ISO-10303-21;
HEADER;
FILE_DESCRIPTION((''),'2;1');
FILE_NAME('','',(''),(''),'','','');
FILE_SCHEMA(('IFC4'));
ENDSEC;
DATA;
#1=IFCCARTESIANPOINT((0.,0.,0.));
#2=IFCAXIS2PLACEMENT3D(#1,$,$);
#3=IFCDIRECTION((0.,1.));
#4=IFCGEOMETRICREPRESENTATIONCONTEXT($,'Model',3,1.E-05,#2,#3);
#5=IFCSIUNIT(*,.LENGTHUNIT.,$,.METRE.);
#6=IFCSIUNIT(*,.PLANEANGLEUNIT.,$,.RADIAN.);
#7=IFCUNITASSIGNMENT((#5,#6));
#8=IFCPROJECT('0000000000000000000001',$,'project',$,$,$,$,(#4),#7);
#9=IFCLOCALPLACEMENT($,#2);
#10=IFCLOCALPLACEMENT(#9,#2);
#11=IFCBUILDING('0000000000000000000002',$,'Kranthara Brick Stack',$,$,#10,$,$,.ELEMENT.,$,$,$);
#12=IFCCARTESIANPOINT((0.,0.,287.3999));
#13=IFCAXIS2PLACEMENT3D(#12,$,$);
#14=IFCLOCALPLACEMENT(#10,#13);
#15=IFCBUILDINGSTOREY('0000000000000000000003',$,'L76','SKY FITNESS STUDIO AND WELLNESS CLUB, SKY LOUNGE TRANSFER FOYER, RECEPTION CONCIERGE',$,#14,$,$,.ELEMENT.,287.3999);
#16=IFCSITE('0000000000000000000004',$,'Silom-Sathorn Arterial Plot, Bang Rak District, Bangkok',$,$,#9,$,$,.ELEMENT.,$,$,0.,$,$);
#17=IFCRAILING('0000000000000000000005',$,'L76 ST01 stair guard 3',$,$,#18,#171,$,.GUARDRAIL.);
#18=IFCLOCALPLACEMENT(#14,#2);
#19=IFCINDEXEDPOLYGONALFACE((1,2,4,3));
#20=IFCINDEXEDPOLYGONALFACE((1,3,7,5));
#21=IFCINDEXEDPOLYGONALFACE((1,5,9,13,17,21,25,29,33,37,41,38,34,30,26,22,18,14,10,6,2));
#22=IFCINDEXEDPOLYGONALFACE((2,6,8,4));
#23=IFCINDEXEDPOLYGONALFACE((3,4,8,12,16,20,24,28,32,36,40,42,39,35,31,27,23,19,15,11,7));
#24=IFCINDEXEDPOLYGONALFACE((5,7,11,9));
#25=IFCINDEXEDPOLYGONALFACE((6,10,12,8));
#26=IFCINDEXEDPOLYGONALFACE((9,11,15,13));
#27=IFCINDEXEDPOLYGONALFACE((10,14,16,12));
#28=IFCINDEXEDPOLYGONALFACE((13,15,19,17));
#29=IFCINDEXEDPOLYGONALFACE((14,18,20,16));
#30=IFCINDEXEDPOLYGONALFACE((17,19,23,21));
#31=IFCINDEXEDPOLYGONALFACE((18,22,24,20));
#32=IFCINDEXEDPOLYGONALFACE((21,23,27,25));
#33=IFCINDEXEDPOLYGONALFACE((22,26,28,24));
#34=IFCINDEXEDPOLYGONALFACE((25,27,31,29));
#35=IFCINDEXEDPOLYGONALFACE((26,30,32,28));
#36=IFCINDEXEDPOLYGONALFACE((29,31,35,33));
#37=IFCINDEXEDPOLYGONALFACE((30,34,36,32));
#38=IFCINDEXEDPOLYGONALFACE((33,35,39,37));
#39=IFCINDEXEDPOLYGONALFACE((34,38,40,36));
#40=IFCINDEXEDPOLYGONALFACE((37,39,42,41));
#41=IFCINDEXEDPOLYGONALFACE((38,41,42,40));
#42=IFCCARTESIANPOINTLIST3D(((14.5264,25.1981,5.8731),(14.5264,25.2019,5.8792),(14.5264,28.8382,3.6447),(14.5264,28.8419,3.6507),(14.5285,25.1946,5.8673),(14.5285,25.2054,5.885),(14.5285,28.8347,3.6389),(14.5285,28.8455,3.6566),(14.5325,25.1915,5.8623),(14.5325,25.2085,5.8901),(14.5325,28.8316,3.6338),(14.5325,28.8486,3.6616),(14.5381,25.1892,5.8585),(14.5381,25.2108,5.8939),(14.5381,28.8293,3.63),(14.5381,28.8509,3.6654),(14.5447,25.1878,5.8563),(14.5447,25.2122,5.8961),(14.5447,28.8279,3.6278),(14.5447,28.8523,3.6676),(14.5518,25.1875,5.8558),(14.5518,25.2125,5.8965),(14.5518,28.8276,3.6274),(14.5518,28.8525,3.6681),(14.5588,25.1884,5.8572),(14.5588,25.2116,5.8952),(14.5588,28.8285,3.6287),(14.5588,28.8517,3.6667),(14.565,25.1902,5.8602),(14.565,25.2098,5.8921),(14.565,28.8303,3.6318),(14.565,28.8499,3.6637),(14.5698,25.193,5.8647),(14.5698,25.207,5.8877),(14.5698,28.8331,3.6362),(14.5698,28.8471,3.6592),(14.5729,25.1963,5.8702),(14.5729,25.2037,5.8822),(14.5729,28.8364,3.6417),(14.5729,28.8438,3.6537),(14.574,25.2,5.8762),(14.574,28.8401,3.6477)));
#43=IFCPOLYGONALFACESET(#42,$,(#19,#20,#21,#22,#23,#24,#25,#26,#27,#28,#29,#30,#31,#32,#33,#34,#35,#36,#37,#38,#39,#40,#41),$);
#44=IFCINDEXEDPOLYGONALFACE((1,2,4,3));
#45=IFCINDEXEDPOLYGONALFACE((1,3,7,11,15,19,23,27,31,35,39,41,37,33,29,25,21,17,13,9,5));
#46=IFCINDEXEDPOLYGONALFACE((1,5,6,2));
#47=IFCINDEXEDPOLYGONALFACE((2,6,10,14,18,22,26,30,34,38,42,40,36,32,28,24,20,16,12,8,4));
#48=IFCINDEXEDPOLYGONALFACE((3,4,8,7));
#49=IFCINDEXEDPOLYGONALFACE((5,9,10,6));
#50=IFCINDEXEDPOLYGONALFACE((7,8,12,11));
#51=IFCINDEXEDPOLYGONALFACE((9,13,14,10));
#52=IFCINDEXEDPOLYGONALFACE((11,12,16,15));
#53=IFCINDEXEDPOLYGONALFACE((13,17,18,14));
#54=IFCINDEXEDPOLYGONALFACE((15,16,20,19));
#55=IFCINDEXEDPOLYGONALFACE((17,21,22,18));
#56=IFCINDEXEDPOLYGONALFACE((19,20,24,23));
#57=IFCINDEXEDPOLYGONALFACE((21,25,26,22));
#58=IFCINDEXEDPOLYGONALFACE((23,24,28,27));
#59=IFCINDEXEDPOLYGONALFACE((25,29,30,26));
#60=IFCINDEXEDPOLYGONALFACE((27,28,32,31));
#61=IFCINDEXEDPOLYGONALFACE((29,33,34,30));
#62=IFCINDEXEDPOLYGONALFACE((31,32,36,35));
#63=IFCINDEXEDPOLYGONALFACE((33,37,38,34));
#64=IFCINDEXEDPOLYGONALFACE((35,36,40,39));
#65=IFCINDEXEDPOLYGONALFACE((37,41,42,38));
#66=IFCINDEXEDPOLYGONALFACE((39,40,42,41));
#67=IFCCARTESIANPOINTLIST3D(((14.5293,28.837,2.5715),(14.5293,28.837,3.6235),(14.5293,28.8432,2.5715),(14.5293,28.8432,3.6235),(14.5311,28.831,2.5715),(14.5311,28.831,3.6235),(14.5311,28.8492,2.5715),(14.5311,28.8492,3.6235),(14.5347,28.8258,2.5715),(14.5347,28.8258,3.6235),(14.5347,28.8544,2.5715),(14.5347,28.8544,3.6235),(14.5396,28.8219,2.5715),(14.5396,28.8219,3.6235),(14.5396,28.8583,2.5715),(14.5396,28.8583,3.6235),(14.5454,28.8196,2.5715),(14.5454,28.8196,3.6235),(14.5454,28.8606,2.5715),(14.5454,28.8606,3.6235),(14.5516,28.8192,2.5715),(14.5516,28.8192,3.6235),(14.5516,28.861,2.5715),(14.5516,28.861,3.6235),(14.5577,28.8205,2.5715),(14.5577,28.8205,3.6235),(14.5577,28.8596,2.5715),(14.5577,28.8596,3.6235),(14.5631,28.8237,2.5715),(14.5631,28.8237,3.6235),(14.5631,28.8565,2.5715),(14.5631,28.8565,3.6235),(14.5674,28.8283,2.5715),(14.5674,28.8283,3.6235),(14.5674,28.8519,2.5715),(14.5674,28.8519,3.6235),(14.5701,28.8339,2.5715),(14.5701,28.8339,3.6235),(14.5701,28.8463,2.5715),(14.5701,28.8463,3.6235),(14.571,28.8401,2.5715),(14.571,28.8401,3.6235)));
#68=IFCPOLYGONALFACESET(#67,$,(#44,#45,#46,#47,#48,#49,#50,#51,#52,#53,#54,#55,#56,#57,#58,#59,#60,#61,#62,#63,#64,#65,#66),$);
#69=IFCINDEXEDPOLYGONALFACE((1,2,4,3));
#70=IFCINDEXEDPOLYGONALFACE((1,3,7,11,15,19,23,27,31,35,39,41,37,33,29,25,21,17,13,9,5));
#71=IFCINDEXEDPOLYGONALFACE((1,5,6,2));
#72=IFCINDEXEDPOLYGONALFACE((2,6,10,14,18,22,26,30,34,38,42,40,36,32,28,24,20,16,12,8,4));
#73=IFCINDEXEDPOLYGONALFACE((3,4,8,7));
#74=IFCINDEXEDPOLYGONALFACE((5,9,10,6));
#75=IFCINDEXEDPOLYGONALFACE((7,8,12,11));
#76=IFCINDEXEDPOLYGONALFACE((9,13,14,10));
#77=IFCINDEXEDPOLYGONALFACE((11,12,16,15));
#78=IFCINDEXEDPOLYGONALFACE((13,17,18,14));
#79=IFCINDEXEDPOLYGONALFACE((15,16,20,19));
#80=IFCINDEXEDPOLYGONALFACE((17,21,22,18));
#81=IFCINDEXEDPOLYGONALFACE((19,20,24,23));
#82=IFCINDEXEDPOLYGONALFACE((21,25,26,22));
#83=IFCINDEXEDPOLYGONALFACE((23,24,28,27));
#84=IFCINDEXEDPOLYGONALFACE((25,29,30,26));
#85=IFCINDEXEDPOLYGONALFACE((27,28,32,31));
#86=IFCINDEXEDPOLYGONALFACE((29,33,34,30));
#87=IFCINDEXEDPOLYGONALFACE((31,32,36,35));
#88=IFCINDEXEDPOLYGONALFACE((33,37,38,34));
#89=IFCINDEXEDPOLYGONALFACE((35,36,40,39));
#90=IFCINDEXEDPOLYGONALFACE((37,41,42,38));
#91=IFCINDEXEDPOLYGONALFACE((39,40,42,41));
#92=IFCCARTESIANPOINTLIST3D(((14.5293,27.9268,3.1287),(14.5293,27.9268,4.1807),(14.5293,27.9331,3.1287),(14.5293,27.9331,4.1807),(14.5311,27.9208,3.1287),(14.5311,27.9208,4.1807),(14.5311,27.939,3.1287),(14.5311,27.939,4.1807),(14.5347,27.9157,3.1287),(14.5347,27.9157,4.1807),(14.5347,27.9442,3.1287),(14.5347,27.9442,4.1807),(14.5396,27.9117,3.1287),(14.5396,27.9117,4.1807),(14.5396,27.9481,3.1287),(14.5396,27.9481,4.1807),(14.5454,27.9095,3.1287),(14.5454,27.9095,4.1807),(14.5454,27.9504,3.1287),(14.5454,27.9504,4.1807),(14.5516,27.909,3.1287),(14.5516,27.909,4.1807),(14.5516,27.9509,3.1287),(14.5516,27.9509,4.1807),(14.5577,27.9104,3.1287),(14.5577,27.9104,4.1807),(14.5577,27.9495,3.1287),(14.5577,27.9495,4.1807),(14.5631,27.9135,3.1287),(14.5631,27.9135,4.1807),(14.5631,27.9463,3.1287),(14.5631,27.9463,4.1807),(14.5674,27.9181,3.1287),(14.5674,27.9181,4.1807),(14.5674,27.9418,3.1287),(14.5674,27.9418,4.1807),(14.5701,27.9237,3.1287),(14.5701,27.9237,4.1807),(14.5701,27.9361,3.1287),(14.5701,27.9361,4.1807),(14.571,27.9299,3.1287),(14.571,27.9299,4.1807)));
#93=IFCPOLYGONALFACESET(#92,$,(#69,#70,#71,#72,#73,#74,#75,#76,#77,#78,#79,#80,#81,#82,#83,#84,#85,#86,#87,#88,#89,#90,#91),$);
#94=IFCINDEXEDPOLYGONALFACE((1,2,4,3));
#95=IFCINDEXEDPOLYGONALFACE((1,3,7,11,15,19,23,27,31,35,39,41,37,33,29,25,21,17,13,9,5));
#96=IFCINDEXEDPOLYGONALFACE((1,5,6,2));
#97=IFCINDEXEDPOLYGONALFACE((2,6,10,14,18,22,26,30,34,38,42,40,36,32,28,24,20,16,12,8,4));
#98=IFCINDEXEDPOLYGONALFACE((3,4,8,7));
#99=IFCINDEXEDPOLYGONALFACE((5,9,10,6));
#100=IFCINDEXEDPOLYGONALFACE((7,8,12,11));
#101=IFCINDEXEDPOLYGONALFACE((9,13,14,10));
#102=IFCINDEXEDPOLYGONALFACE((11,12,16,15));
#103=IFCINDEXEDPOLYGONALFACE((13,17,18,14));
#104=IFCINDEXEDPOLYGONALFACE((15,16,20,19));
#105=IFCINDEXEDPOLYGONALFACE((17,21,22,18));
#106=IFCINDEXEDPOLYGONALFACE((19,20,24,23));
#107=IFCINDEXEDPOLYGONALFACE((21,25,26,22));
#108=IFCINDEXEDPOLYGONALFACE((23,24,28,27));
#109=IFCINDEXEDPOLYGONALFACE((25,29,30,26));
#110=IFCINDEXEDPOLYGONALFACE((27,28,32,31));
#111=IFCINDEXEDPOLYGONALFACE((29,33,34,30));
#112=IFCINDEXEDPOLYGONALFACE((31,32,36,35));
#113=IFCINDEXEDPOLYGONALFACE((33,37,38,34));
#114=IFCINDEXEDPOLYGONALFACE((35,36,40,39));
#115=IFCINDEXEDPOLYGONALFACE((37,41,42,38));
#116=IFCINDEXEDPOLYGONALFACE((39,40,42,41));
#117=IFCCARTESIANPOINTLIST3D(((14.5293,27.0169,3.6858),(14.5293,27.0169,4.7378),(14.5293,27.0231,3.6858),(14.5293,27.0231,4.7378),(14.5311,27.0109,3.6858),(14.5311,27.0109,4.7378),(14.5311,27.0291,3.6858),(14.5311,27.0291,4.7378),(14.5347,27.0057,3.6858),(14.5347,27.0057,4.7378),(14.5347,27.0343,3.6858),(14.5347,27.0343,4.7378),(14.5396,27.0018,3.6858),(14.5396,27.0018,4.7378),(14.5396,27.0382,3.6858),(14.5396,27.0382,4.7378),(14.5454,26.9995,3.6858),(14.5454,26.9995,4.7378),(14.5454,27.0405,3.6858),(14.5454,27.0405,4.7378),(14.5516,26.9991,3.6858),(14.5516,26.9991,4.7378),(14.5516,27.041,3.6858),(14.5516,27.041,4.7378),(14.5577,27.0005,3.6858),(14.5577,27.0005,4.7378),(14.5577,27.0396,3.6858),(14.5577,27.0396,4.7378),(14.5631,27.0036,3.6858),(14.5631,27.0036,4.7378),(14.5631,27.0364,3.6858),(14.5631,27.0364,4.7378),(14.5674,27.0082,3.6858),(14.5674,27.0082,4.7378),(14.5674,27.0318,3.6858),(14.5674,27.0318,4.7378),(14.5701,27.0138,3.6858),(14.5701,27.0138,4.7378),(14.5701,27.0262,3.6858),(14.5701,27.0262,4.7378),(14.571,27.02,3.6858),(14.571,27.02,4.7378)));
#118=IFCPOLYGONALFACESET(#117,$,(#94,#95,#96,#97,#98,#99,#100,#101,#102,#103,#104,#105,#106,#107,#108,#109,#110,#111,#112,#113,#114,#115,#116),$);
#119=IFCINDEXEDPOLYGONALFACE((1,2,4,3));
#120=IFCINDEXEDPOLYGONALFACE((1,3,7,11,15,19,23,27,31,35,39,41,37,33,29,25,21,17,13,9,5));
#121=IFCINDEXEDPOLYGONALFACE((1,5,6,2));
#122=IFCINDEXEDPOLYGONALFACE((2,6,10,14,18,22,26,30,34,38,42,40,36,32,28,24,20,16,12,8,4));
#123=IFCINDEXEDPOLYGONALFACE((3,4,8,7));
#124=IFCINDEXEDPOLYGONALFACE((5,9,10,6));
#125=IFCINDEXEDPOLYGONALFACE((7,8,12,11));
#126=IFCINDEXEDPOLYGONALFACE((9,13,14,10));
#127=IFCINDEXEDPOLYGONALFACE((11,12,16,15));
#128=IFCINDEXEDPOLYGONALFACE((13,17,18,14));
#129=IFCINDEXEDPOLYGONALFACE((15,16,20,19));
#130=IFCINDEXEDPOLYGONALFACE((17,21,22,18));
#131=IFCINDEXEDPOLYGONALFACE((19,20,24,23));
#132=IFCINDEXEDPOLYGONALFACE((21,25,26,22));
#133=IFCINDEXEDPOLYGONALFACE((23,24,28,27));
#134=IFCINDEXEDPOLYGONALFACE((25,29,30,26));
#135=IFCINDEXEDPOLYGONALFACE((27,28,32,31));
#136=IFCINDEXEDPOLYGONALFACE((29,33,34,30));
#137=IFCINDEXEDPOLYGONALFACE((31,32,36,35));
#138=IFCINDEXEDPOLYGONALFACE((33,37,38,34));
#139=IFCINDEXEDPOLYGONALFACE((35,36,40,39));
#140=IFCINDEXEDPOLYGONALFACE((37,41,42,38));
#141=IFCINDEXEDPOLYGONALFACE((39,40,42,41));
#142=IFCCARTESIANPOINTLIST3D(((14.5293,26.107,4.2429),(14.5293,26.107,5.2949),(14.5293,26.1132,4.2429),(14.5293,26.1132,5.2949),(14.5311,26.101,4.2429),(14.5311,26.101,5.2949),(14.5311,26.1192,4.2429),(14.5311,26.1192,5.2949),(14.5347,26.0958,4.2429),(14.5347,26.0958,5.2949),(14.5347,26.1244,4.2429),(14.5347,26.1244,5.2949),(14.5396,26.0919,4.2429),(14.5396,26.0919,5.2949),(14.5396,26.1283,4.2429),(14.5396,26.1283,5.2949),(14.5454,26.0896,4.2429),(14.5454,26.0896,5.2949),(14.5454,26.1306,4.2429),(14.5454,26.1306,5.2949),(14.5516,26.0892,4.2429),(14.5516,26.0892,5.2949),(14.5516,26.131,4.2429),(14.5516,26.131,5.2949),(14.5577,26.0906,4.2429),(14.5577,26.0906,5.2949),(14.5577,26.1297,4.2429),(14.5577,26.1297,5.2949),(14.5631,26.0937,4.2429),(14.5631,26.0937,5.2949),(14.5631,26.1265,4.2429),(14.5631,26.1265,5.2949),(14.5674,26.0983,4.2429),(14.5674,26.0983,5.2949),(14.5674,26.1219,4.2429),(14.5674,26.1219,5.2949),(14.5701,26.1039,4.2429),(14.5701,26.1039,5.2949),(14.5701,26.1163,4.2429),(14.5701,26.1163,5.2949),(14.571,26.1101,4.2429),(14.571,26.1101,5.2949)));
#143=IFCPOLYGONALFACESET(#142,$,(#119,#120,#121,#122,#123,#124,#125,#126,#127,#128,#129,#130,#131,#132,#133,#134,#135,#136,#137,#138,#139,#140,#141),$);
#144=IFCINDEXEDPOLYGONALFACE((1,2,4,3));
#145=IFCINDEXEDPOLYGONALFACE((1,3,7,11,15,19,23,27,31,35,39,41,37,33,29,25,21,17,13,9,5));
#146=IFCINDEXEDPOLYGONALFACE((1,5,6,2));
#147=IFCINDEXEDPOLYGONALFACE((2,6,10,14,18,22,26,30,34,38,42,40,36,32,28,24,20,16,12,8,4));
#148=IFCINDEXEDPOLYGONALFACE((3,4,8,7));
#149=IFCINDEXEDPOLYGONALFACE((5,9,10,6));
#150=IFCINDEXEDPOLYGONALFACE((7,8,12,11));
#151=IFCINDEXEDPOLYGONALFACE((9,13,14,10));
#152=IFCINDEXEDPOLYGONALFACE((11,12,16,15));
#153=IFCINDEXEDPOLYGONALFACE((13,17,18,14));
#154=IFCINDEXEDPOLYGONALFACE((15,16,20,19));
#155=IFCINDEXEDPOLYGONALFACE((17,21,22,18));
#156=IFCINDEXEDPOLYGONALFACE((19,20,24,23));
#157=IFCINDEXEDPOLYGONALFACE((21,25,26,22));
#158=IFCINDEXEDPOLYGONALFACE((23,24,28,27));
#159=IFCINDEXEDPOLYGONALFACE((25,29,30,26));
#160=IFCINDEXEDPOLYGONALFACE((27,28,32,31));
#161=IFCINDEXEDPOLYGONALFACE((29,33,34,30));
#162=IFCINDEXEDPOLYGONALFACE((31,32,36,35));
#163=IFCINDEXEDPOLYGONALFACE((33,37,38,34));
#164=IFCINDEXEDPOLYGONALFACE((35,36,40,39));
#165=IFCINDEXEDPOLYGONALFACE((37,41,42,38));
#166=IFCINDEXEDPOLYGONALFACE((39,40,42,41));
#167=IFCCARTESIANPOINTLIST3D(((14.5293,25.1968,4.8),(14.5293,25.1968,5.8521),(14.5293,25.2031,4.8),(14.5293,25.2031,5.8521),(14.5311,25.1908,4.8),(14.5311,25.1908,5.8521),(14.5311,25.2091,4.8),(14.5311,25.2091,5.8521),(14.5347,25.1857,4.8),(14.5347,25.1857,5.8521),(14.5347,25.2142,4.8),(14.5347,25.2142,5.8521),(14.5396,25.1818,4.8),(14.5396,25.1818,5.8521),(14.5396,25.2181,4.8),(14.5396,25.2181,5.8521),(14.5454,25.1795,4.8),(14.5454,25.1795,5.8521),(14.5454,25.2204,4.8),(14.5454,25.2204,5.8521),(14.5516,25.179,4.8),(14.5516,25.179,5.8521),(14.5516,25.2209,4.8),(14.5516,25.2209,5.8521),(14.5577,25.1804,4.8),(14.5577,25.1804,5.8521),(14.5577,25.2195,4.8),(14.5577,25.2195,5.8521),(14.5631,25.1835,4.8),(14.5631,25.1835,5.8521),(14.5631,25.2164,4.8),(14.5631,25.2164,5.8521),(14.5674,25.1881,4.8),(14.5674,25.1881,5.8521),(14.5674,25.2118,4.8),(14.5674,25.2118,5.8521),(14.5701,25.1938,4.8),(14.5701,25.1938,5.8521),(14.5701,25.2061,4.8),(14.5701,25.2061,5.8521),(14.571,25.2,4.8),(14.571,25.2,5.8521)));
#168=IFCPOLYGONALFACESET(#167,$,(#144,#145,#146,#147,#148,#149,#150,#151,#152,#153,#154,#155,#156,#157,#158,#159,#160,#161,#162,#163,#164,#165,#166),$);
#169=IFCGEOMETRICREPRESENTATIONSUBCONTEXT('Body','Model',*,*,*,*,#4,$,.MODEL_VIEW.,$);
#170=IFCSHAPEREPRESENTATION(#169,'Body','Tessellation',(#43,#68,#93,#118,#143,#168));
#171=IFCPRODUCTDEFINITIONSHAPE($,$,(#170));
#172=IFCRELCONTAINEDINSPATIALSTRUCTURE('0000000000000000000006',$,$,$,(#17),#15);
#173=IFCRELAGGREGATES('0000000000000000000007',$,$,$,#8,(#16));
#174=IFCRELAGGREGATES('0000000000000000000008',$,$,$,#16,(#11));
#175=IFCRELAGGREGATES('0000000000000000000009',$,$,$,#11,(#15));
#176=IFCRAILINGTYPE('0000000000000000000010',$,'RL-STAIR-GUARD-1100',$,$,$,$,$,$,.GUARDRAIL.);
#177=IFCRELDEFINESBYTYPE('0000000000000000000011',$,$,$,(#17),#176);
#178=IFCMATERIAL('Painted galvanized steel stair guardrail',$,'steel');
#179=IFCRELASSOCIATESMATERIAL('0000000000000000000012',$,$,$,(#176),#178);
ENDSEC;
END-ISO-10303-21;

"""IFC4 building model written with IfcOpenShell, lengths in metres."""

from ifc_helpers import new_model, si_unit, direction, frame, origin, origin_2d, place, context, subcontext, project, spatial, circle, extrude, material, type_object, element, save


model = new_model("IFC4")

# Units and contexts
model_context = context("Model", 3, precision=1e-05, world=origin(), true_north=direction((0.0, 1.0)))
body_context = subcontext(model_context, "Body", "Model", "MODEL_VIEW")
ifc_project = project(units=[si_unit("LENGTHUNIT", "METRE"), si_unit("PLANEANGLEUNIT", "RADIAN")], contexts=[model_context])

# Site, building, storey
site_placement = place(None, origin())
site = spatial("IfcSite", under=ifc_project, at=site_placement, Name="Silom-Sathorn Arterial Plot, Bang Rak District, Bangkok", CompositionType="ELEMENT", RefElevation=0.0)
building_placement = place(site_placement, origin())
building = spatial("IfcBuilding", under=site, at=building_placement, Name="Kranthara Brick Stack", CompositionType="ELEMENT")
storey_placement = place(building_placement, frame((0.0, 0.0, 287.3999)))
storey = spatial("IfcBuildingStorey", under=building, at=storey_placement, Name="L76", Description="SKY FITNESS STUDIO AND WELLNESS CLUB, SKY LOUNGE TRANSFER FOYER, RECEPTION CONCIERGE", CompositionType="ELEMENT", Elevation=287.3999)

# Railing
ifc_material_1 = material(Name="Painted galvanized steel stair guardrail", Category="steel")
railing_type_1 = type_object("IfcRailingType", Name="RL-STAIR-GUARD-1100", PredefinedType="GUARDRAIL", material=ifc_material_1)
railing_1_placement = place(storey_placement, frame((14.55, 28.8401, 2.5715)))
element("IfcRailing", 1, at=railing_1_placement, inside=storey, type_object=railing_type_1, Name="L76 ST01 stair guard 3", PredefinedType="GUARDRAIL", context=body_context, shape_type="SweptSolid", body=[
    extrude(circle(Radius=0.0239, at=origin_2d()), frame((0.0, 0.0, 1.0762), z_axis=(0.0, -0.852866, 0.52213), x_axis=(1.0, 0.0, 0.0)), (0.0, 0.0, 1.0), 4.2681),
    extrude(circle(Radius=0.021, at=origin_2d()), origin(), (0.0, 0.0, 1.0), 1.052),
    extrude(circle(Radius=0.021, at=origin_2d()), frame((0.0, -0.9102, 0.5571)), (0.0, 0.0, 1.0), 1.052),
    extrude(circle(Radius=0.021, at=origin_2d()), frame((0.0, -1.8201, 1.1143)), (0.0, 0.0, 1.0), 1.052),
    extrude(circle(Radius=0.021, at=origin_2d()), frame((0.0, -2.73, 1.6714)), (0.0, 0.0, 1.0), 1.052),
    extrude(circle(Radius=0.021, at=origin_2d()), frame((0.0, -3.6401, 2.2285)), (0.0, 0.0, 1.0), 1.052),
])

save(model, "model.ifc")
